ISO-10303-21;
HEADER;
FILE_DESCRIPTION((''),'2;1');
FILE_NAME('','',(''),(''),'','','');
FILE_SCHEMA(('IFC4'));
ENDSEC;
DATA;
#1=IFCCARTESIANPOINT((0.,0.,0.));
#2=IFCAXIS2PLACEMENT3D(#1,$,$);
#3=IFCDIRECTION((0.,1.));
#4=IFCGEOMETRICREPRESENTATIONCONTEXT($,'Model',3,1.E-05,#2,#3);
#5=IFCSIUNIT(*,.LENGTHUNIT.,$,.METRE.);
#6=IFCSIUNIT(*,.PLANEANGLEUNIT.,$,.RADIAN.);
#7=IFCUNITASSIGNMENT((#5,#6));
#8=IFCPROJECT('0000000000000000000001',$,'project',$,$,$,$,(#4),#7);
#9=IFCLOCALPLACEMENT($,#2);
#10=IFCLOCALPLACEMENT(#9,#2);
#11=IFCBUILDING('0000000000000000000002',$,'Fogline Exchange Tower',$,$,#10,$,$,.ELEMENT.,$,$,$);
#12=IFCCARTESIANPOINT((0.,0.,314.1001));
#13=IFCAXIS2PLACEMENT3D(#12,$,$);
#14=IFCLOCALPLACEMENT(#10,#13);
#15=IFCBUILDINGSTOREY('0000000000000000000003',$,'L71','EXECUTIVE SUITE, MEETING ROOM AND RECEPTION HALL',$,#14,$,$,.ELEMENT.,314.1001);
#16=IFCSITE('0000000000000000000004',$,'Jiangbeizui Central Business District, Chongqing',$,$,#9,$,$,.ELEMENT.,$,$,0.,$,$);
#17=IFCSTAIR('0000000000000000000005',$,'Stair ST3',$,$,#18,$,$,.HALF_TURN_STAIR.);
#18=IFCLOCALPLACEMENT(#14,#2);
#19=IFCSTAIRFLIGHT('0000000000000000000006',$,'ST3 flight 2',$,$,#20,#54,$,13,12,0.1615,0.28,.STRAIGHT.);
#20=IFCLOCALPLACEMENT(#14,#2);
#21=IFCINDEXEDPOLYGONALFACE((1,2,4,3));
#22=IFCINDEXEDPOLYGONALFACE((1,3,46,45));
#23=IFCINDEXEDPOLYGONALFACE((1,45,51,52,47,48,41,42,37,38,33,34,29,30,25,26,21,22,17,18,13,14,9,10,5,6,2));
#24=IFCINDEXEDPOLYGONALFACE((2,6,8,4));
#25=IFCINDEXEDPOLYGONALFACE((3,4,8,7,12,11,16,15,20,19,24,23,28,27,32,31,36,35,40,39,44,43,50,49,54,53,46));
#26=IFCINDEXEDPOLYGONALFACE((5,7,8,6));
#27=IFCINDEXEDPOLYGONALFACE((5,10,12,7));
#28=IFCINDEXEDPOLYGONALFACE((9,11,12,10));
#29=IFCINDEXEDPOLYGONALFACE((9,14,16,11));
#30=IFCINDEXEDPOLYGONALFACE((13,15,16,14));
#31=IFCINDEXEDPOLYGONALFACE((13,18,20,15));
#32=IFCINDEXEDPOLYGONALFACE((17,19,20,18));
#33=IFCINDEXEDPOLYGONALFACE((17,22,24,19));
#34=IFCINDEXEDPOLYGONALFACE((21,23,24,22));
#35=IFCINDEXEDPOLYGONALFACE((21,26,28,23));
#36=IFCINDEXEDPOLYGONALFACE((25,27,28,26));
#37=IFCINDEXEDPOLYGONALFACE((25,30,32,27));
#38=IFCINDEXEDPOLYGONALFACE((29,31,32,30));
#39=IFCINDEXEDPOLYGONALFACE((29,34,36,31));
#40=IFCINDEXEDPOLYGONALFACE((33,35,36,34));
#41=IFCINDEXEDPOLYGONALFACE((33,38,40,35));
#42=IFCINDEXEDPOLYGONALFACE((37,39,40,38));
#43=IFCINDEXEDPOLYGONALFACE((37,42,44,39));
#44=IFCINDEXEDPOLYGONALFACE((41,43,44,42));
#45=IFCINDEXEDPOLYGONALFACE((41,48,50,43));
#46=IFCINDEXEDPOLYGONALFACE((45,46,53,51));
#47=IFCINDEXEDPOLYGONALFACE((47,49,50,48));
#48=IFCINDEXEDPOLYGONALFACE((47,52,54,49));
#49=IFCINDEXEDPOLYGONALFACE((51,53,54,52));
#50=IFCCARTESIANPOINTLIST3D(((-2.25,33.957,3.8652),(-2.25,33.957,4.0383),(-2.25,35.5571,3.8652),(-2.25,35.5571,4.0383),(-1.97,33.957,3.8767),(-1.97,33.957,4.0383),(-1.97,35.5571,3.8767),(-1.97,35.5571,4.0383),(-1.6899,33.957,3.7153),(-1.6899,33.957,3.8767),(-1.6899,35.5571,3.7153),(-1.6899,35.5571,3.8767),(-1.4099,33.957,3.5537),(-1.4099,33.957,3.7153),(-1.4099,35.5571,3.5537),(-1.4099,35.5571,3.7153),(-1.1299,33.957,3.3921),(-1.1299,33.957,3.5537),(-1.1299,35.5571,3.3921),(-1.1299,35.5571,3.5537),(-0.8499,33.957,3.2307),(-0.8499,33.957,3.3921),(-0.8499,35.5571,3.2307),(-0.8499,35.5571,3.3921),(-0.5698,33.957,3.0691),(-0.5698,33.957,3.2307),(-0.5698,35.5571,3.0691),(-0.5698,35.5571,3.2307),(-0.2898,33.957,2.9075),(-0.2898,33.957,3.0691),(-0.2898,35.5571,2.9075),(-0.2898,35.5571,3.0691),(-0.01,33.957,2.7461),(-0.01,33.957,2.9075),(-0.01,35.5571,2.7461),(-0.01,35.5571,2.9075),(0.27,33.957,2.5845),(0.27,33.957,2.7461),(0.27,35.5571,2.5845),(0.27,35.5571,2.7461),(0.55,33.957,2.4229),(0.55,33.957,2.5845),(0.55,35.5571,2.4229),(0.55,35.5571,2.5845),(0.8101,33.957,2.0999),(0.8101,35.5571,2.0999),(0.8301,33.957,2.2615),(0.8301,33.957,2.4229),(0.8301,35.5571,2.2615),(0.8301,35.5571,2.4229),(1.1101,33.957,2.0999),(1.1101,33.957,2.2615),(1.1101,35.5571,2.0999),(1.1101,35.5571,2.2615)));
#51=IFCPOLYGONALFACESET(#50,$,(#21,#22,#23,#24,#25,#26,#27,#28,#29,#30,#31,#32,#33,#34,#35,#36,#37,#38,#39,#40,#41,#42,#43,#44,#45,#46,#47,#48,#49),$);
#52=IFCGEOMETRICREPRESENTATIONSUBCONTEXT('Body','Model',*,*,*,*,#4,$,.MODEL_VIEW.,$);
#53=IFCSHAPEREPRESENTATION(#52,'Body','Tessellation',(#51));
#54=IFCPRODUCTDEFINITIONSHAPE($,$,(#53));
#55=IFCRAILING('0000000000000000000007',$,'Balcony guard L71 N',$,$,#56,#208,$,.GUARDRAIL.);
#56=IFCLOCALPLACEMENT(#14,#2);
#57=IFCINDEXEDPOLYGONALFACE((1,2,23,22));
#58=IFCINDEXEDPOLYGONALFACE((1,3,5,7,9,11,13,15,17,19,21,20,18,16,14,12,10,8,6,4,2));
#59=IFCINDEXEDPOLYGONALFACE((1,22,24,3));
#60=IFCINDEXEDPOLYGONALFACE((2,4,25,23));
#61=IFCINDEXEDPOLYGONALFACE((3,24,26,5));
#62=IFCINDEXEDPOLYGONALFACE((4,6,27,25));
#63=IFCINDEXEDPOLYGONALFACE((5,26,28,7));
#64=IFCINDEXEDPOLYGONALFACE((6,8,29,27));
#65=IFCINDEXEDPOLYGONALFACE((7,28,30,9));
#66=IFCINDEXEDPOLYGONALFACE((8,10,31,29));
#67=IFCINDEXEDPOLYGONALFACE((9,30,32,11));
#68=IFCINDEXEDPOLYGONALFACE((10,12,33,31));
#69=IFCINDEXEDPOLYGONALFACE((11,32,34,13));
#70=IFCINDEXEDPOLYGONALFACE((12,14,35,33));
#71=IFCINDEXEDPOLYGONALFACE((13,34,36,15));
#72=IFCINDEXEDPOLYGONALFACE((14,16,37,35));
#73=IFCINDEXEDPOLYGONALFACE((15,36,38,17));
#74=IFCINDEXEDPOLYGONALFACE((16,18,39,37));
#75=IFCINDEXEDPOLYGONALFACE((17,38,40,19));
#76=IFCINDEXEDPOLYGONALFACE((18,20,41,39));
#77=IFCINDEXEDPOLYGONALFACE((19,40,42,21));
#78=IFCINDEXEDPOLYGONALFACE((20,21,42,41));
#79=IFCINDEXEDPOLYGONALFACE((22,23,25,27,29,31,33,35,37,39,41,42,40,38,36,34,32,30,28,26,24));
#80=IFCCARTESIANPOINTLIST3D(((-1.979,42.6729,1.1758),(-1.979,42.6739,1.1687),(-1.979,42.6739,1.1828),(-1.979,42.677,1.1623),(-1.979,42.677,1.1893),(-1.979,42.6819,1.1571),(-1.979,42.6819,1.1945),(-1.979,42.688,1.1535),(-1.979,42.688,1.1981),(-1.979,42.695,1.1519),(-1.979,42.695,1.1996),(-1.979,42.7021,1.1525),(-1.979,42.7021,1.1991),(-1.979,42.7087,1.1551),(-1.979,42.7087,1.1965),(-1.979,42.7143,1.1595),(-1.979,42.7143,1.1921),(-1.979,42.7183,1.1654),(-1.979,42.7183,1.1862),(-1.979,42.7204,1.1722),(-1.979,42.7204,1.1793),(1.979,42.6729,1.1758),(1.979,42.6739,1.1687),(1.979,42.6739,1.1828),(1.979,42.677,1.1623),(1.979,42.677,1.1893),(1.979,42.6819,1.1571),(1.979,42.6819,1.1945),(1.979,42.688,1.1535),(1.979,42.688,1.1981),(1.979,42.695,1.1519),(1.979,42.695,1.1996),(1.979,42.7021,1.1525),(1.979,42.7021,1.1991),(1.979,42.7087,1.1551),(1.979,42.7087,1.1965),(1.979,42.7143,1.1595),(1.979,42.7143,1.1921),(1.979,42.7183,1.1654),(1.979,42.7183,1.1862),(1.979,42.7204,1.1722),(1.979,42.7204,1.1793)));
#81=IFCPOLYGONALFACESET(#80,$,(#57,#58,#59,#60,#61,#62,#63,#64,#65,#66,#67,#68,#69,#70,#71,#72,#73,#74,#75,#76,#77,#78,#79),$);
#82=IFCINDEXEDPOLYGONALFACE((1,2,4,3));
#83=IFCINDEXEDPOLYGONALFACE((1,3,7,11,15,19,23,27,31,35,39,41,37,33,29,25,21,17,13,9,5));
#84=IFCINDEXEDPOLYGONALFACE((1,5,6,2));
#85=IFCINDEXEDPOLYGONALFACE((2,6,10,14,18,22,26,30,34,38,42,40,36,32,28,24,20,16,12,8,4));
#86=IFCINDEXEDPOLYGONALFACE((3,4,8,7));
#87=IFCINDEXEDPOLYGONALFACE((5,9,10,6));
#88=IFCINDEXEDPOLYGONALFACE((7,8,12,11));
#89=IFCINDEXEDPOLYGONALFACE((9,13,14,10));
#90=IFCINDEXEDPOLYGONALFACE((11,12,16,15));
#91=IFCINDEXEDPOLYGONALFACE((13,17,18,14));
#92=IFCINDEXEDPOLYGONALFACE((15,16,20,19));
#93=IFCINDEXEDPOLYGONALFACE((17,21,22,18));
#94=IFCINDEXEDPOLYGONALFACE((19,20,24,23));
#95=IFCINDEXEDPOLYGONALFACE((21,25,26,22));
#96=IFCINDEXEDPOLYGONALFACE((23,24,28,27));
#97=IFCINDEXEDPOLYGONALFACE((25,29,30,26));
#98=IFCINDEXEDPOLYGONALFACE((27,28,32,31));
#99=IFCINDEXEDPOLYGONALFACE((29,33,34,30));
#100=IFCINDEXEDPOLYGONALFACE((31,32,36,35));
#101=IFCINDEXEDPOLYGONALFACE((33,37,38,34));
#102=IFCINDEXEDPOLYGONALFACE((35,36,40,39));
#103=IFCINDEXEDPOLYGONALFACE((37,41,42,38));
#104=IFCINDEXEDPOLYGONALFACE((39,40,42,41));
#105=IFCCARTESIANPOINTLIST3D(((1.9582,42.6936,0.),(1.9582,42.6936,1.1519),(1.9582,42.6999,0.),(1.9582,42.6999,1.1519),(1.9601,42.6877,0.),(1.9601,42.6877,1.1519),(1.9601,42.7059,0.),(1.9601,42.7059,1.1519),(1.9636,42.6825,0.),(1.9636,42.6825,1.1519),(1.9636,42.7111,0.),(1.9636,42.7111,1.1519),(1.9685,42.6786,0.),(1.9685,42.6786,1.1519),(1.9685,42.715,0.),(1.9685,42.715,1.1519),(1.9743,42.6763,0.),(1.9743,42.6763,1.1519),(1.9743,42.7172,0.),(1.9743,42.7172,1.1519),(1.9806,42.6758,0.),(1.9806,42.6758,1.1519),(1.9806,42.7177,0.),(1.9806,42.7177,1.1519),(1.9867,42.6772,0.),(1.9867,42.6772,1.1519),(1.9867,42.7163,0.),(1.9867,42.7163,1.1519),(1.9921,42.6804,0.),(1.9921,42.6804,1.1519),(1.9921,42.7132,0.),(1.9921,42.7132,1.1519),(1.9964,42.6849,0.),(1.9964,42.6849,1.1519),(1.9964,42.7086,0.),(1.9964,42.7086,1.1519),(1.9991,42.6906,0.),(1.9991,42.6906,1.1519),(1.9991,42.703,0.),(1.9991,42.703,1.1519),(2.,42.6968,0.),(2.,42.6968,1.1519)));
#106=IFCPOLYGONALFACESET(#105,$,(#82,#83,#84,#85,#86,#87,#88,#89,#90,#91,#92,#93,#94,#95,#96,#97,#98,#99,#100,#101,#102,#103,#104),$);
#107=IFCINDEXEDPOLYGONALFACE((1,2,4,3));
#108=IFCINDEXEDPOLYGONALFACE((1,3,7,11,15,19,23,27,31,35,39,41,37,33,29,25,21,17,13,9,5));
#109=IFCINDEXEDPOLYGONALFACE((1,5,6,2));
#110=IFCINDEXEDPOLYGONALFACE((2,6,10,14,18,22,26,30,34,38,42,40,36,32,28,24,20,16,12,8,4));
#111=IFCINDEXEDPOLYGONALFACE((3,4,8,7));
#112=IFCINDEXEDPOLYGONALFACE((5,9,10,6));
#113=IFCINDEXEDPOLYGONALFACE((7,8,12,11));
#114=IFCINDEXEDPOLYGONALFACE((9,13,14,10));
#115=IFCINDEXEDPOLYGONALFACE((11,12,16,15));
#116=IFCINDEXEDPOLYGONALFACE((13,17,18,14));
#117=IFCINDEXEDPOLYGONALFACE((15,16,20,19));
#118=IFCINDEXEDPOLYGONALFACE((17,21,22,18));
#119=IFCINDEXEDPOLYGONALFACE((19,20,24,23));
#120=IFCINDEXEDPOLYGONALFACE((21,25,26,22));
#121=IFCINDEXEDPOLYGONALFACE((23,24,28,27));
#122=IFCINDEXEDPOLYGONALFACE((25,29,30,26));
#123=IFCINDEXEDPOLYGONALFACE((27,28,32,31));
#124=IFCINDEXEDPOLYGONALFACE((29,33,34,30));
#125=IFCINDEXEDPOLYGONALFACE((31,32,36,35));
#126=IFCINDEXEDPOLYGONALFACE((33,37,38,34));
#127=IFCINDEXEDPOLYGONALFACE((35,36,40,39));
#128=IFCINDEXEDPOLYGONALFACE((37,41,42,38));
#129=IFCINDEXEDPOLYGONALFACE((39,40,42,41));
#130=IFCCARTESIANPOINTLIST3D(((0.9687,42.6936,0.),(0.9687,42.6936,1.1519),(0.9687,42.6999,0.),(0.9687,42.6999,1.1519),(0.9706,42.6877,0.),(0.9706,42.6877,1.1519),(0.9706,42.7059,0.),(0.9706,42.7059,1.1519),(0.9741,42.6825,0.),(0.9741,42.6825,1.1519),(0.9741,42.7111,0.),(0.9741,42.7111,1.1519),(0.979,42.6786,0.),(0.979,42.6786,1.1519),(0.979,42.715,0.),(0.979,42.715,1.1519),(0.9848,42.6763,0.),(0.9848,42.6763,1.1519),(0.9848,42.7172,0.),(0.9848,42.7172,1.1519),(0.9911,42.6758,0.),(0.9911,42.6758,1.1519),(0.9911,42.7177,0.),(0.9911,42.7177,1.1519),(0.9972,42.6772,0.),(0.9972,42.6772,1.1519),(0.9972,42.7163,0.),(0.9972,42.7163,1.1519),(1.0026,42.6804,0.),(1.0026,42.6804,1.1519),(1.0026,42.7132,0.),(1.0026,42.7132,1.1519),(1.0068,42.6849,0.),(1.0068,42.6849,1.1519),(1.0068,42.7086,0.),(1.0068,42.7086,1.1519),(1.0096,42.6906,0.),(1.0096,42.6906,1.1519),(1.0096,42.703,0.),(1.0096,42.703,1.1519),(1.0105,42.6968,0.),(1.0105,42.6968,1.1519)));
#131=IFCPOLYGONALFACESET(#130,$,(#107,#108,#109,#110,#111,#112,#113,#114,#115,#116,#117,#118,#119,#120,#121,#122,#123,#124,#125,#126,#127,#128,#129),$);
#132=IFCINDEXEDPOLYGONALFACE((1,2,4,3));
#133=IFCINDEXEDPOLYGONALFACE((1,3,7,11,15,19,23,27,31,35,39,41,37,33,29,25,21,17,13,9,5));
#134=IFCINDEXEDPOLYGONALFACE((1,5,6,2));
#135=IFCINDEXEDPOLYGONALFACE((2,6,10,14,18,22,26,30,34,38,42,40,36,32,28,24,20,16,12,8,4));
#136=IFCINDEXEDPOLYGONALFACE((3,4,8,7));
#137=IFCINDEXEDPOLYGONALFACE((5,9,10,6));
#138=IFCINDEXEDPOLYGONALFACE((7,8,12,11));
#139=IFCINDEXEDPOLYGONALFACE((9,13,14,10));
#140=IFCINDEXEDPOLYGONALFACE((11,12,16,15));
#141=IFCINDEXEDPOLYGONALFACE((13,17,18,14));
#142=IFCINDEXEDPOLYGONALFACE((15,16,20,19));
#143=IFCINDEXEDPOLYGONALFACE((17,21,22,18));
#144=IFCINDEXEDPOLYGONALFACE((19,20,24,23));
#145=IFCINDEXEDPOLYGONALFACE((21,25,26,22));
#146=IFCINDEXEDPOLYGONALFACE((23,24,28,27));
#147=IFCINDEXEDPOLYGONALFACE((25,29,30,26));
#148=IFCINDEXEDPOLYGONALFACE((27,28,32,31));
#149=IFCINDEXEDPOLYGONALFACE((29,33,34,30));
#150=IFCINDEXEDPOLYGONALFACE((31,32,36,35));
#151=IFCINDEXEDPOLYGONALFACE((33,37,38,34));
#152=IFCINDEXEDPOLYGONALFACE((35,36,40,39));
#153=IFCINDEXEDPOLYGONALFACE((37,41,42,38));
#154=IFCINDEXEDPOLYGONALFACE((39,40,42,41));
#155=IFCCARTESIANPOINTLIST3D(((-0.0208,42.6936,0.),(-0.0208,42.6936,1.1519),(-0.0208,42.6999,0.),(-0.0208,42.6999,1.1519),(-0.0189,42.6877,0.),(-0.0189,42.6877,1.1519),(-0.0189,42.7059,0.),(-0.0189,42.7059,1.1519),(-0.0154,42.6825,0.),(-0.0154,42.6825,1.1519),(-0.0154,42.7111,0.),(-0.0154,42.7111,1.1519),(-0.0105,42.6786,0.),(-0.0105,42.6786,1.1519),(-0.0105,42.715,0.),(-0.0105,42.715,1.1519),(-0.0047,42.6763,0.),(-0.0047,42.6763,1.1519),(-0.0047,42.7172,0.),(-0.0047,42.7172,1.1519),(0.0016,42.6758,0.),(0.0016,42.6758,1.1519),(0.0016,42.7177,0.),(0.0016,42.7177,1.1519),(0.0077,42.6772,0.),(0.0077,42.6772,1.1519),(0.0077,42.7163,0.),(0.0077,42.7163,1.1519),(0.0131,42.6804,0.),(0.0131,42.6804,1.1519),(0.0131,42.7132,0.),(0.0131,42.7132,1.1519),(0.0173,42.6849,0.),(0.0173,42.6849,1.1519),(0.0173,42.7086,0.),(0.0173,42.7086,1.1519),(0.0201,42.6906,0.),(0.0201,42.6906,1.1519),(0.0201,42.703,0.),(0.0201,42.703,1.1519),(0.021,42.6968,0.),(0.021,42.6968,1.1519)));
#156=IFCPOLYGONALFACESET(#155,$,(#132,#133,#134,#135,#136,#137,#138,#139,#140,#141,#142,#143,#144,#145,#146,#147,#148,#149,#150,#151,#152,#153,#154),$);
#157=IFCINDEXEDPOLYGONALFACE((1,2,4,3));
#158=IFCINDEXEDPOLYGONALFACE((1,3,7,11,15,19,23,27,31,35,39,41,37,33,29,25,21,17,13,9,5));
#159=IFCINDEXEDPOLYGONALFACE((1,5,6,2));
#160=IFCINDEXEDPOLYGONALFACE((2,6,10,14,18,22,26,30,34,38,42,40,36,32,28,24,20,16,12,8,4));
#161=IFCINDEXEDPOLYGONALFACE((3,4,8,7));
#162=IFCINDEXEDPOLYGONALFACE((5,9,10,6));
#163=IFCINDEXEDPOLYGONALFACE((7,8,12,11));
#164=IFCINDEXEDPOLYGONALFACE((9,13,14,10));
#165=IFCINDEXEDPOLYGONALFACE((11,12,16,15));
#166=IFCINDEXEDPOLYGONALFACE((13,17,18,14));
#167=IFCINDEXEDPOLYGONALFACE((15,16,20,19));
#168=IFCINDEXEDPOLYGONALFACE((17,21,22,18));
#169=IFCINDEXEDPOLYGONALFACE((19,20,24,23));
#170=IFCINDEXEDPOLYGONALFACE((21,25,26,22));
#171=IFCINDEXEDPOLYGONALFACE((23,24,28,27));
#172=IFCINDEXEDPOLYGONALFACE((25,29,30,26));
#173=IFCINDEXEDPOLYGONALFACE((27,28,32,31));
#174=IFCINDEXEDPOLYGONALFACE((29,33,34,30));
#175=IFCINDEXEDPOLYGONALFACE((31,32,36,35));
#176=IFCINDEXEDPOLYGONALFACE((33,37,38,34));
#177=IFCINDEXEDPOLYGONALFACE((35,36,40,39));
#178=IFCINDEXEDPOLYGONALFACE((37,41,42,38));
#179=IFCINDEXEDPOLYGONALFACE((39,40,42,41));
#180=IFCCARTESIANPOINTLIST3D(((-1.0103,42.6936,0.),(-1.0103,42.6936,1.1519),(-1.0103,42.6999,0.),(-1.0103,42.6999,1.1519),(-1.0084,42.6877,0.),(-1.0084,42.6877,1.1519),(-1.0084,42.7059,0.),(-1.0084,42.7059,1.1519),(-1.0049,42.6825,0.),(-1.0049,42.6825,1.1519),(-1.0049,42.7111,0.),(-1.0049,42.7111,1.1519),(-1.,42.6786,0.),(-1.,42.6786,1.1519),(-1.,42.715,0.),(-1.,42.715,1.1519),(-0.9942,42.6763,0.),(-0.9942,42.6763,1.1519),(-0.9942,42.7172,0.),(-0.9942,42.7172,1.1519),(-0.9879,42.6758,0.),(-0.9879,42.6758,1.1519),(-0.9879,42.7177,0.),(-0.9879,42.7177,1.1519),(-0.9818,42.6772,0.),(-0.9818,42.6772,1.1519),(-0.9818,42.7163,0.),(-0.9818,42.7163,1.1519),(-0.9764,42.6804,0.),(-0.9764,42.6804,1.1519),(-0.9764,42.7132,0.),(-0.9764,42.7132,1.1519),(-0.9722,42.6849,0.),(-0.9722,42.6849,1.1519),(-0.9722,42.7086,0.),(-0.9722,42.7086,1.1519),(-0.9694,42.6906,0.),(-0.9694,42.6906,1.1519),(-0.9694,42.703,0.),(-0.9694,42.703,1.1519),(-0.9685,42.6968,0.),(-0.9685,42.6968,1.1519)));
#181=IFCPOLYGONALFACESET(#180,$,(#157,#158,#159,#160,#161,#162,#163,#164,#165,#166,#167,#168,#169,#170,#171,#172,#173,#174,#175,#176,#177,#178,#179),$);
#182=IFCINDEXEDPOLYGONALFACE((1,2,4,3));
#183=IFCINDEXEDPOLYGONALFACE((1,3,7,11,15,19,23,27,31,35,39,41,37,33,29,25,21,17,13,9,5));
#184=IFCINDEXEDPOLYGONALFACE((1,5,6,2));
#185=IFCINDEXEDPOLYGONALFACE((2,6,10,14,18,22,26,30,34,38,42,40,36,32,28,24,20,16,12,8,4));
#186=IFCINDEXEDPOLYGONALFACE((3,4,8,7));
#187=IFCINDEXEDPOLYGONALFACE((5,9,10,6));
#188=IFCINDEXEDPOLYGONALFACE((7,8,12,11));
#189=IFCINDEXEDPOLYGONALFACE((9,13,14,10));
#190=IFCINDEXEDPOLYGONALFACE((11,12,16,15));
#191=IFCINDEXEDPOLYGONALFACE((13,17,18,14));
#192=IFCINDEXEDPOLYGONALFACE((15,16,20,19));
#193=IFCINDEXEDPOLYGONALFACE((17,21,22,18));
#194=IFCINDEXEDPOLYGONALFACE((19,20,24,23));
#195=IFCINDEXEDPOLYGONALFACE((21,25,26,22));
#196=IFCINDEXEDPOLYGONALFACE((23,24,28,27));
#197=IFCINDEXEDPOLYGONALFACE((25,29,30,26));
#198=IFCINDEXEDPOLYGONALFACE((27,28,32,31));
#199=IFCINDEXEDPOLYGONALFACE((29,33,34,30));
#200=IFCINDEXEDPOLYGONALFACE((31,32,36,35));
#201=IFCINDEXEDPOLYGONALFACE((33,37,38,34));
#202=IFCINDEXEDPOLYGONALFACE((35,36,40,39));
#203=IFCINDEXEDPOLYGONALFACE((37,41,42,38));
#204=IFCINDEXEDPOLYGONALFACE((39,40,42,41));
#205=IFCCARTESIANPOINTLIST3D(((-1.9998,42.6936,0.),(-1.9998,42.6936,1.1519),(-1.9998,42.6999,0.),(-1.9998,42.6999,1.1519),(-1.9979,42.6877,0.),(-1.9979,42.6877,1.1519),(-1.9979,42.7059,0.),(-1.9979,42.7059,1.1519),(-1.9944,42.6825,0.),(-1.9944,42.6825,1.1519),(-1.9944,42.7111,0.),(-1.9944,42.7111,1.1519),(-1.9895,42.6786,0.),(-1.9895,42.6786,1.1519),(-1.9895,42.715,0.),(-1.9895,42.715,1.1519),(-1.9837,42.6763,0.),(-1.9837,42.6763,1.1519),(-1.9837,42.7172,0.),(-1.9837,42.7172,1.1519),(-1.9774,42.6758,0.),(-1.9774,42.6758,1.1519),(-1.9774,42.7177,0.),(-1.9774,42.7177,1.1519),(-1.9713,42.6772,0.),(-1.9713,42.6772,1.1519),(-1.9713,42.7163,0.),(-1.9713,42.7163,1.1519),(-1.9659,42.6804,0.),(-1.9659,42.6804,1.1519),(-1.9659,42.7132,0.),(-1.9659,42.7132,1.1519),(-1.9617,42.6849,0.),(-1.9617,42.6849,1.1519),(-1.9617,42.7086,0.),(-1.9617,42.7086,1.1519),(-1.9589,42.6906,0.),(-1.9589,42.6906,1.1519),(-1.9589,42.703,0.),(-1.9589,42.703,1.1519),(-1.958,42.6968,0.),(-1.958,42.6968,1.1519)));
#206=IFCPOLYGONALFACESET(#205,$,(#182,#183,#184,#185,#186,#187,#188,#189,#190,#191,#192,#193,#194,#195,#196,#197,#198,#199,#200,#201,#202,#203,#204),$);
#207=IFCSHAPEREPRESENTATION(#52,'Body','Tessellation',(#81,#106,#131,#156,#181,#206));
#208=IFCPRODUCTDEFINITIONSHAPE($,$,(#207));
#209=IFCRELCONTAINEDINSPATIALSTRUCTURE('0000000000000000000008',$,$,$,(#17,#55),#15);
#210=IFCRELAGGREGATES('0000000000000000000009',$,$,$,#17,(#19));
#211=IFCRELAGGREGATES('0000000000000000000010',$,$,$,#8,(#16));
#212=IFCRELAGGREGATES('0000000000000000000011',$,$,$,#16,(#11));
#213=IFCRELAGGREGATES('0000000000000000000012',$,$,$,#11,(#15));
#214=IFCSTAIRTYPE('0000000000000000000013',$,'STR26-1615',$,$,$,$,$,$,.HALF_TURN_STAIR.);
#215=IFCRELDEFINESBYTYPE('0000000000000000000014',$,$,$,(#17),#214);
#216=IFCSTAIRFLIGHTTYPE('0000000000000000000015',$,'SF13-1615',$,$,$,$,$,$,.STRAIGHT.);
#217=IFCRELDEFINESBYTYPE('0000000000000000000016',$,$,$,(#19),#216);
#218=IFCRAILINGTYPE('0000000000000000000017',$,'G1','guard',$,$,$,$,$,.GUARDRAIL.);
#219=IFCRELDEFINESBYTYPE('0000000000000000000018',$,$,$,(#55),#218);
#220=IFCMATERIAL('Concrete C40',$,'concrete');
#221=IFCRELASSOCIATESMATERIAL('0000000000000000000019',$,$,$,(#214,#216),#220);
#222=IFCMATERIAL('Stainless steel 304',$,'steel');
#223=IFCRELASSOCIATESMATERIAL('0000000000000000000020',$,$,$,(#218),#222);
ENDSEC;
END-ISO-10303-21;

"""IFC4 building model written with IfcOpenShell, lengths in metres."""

from ifc_helpers import new_model, si_unit, direction, frame, origin, origin_2d, place, context, subcontext, project, spatial, polyline, circle, outline, extrude, material, type_object, element, aggregate, save


model = new_model("IFC4")

# Units and contexts
model_context = context("Model", 3, precision=1e-05, world=origin(), true_north=direction((0.0, 1.0)))
body_context = subcontext(model_context, "Body", "Model", "MODEL_VIEW")
ifc_project = project(units=[si_unit("LENGTHUNIT", "METRE"), si_unit("PLANEANGLEUNIT", "RADIAN")], contexts=[model_context])

# Site, building, storey
site_placement = place(None, origin())
site = spatial("IfcSite", under=ifc_project, at=site_placement, Name="Jiangbeizui Central Business District, Chongqing", CompositionType="ELEMENT", RefElevation=0.0)
building_placement = place(site_placement, origin())
building = spatial("IfcBuilding", under=site, at=building_placement, Name="Fogline Exchange Tower", CompositionType="ELEMENT")
storey_placement = place(building_placement, frame((0.0, 0.0, 314.1001)))
storey = spatial("IfcBuildingStorey", under=building, at=storey_placement, Name="L71", Description="EXECUTIVE SUITE, MEETING ROOM AND RECEPTION HALL", CompositionType="ELEMENT", Elevation=314.1001)

# Shared definitions
ifc_material_1 = material(Name="Concrete C40", Category="concrete")

# Stair, stair flight
stair_type = type_object("IfcStairType", Name="STR26-1615", PredefinedType="HALF_TURN_STAIR", material=ifc_material_1)
stair_placement = place(storey_placement, origin())
stair = element("IfcStair", 1, at=stair_placement, inside=storey, type_object=stair_type, Name="Stair ST3", PredefinedType="HALF_TURN_STAIR")
stair_flight_type = type_object("IfcStairFlightType", Name="SF13-1615", PredefinedType="STRAIGHT", material=ifc_material_1)
stair_flight_placement = place(storey_placement, frame((1.1101, 34.7571, 2.0999), z_axis=(0.0, 0.0, 1.0), x_axis=(-1.0, 0.0, 0.0)))
stair_flight = element("IfcStairFlight", 2, at=stair_flight_placement, type_object=stair_flight_type, Name="ST3 flight 2", NumberOfRisers=13, NumberOfTreads=12, PredefinedType="STRAIGHT", RiserHeight=0.1615, TreadLength=0.28, context=body_context, shape_type="SweptSolid", body=[
    extrude(outline(polyline([(0.0, 0.0), (0.0, 0.1616), (0.28, 0.1616), (0.28, 0.323), (0.5601, 0.323), (0.5601, 0.4846), (0.8401, 0.4846), (0.8401, 0.6462), (1.1201, 0.6462), (1.1201, 0.8076), (1.3999, 0.8076), (1.3999, 0.9692), (1.6799, 0.9692), (1.6799, 1.1309), (1.96, 1.1309), (1.96, 1.2922), (2.24, 1.2922), (2.24, 1.4539), (2.52, 1.4539), (2.52, 1.6155), (2.8, 1.6155), (2.8, 1.7769), (3.0801, 1.7769), (3.0801, 1.9385), (3.3601, 1.9385), (3.3601, 2.1001), (3.3601, 1.7654), (0.3, 0.0), (0.0, 0.0)])), frame((0.0, 0.8, 0.0), z_axis=(0.0, -1.0, 0.0), x_axis=(1.0, 0.0, 0.0)), (0.0, 0.0, 1.0), 1.6001),
])
aggregate(stair, [stair_flight])

# Railing
ifc_material_2 = material(Name="Stainless steel 304", Category="steel")
railing_type = type_object("IfcRailingType", Name="G1", Description="guard", PredefinedType="GUARDRAIL", material=ifc_material_2)
railing_placement = place(storey_placement, frame((1.979, 42.6968, 0.0)))
element("IfcRailing", 3, at=railing_placement, inside=storey, type_object=railing_type, Name="Balcony guard L71 N", PredefinedType="GUARDRAIL", context=body_context, shape_type="SweptSolid", body=[
    extrude(circle(Radius=0.0239, at=origin_2d()), frame((0.0, 0.0, 1.1758), z_axis=(-1.0, 0.0, 0.0), x_axis=(0.0, -1.0, 0.0)), (0.0, 0.0, 1.0), 3.958),
    extrude(circle(Radius=0.021, at=origin_2d()), origin(), (0.0, 0.0, 1.0), 1.1519),
    extrude(circle(Radius=0.021, at=origin_2d()), frame((-0.9895, 0.0, 0.0)), (0.0, 0.0, 1.0), 1.1519),
    extrude(circle(Radius=0.021, at=origin_2d()), frame((-1.979, 0.0, 0.0)), (0.0, 0.0, 1.0), 1.1519),
    extrude(circle(Radius=0.021, at=origin_2d()), frame((-2.9685, 0.0, 0.0)), (0.0, 0.0, 1.0), 1.1519),
    extrude(circle(Radius=0.021, at=origin_2d()), frame((-3.958, 0.0, 0.0)), (0.0, 0.0, 1.0), 1.1519),
])

save(model, "model.ifc")
